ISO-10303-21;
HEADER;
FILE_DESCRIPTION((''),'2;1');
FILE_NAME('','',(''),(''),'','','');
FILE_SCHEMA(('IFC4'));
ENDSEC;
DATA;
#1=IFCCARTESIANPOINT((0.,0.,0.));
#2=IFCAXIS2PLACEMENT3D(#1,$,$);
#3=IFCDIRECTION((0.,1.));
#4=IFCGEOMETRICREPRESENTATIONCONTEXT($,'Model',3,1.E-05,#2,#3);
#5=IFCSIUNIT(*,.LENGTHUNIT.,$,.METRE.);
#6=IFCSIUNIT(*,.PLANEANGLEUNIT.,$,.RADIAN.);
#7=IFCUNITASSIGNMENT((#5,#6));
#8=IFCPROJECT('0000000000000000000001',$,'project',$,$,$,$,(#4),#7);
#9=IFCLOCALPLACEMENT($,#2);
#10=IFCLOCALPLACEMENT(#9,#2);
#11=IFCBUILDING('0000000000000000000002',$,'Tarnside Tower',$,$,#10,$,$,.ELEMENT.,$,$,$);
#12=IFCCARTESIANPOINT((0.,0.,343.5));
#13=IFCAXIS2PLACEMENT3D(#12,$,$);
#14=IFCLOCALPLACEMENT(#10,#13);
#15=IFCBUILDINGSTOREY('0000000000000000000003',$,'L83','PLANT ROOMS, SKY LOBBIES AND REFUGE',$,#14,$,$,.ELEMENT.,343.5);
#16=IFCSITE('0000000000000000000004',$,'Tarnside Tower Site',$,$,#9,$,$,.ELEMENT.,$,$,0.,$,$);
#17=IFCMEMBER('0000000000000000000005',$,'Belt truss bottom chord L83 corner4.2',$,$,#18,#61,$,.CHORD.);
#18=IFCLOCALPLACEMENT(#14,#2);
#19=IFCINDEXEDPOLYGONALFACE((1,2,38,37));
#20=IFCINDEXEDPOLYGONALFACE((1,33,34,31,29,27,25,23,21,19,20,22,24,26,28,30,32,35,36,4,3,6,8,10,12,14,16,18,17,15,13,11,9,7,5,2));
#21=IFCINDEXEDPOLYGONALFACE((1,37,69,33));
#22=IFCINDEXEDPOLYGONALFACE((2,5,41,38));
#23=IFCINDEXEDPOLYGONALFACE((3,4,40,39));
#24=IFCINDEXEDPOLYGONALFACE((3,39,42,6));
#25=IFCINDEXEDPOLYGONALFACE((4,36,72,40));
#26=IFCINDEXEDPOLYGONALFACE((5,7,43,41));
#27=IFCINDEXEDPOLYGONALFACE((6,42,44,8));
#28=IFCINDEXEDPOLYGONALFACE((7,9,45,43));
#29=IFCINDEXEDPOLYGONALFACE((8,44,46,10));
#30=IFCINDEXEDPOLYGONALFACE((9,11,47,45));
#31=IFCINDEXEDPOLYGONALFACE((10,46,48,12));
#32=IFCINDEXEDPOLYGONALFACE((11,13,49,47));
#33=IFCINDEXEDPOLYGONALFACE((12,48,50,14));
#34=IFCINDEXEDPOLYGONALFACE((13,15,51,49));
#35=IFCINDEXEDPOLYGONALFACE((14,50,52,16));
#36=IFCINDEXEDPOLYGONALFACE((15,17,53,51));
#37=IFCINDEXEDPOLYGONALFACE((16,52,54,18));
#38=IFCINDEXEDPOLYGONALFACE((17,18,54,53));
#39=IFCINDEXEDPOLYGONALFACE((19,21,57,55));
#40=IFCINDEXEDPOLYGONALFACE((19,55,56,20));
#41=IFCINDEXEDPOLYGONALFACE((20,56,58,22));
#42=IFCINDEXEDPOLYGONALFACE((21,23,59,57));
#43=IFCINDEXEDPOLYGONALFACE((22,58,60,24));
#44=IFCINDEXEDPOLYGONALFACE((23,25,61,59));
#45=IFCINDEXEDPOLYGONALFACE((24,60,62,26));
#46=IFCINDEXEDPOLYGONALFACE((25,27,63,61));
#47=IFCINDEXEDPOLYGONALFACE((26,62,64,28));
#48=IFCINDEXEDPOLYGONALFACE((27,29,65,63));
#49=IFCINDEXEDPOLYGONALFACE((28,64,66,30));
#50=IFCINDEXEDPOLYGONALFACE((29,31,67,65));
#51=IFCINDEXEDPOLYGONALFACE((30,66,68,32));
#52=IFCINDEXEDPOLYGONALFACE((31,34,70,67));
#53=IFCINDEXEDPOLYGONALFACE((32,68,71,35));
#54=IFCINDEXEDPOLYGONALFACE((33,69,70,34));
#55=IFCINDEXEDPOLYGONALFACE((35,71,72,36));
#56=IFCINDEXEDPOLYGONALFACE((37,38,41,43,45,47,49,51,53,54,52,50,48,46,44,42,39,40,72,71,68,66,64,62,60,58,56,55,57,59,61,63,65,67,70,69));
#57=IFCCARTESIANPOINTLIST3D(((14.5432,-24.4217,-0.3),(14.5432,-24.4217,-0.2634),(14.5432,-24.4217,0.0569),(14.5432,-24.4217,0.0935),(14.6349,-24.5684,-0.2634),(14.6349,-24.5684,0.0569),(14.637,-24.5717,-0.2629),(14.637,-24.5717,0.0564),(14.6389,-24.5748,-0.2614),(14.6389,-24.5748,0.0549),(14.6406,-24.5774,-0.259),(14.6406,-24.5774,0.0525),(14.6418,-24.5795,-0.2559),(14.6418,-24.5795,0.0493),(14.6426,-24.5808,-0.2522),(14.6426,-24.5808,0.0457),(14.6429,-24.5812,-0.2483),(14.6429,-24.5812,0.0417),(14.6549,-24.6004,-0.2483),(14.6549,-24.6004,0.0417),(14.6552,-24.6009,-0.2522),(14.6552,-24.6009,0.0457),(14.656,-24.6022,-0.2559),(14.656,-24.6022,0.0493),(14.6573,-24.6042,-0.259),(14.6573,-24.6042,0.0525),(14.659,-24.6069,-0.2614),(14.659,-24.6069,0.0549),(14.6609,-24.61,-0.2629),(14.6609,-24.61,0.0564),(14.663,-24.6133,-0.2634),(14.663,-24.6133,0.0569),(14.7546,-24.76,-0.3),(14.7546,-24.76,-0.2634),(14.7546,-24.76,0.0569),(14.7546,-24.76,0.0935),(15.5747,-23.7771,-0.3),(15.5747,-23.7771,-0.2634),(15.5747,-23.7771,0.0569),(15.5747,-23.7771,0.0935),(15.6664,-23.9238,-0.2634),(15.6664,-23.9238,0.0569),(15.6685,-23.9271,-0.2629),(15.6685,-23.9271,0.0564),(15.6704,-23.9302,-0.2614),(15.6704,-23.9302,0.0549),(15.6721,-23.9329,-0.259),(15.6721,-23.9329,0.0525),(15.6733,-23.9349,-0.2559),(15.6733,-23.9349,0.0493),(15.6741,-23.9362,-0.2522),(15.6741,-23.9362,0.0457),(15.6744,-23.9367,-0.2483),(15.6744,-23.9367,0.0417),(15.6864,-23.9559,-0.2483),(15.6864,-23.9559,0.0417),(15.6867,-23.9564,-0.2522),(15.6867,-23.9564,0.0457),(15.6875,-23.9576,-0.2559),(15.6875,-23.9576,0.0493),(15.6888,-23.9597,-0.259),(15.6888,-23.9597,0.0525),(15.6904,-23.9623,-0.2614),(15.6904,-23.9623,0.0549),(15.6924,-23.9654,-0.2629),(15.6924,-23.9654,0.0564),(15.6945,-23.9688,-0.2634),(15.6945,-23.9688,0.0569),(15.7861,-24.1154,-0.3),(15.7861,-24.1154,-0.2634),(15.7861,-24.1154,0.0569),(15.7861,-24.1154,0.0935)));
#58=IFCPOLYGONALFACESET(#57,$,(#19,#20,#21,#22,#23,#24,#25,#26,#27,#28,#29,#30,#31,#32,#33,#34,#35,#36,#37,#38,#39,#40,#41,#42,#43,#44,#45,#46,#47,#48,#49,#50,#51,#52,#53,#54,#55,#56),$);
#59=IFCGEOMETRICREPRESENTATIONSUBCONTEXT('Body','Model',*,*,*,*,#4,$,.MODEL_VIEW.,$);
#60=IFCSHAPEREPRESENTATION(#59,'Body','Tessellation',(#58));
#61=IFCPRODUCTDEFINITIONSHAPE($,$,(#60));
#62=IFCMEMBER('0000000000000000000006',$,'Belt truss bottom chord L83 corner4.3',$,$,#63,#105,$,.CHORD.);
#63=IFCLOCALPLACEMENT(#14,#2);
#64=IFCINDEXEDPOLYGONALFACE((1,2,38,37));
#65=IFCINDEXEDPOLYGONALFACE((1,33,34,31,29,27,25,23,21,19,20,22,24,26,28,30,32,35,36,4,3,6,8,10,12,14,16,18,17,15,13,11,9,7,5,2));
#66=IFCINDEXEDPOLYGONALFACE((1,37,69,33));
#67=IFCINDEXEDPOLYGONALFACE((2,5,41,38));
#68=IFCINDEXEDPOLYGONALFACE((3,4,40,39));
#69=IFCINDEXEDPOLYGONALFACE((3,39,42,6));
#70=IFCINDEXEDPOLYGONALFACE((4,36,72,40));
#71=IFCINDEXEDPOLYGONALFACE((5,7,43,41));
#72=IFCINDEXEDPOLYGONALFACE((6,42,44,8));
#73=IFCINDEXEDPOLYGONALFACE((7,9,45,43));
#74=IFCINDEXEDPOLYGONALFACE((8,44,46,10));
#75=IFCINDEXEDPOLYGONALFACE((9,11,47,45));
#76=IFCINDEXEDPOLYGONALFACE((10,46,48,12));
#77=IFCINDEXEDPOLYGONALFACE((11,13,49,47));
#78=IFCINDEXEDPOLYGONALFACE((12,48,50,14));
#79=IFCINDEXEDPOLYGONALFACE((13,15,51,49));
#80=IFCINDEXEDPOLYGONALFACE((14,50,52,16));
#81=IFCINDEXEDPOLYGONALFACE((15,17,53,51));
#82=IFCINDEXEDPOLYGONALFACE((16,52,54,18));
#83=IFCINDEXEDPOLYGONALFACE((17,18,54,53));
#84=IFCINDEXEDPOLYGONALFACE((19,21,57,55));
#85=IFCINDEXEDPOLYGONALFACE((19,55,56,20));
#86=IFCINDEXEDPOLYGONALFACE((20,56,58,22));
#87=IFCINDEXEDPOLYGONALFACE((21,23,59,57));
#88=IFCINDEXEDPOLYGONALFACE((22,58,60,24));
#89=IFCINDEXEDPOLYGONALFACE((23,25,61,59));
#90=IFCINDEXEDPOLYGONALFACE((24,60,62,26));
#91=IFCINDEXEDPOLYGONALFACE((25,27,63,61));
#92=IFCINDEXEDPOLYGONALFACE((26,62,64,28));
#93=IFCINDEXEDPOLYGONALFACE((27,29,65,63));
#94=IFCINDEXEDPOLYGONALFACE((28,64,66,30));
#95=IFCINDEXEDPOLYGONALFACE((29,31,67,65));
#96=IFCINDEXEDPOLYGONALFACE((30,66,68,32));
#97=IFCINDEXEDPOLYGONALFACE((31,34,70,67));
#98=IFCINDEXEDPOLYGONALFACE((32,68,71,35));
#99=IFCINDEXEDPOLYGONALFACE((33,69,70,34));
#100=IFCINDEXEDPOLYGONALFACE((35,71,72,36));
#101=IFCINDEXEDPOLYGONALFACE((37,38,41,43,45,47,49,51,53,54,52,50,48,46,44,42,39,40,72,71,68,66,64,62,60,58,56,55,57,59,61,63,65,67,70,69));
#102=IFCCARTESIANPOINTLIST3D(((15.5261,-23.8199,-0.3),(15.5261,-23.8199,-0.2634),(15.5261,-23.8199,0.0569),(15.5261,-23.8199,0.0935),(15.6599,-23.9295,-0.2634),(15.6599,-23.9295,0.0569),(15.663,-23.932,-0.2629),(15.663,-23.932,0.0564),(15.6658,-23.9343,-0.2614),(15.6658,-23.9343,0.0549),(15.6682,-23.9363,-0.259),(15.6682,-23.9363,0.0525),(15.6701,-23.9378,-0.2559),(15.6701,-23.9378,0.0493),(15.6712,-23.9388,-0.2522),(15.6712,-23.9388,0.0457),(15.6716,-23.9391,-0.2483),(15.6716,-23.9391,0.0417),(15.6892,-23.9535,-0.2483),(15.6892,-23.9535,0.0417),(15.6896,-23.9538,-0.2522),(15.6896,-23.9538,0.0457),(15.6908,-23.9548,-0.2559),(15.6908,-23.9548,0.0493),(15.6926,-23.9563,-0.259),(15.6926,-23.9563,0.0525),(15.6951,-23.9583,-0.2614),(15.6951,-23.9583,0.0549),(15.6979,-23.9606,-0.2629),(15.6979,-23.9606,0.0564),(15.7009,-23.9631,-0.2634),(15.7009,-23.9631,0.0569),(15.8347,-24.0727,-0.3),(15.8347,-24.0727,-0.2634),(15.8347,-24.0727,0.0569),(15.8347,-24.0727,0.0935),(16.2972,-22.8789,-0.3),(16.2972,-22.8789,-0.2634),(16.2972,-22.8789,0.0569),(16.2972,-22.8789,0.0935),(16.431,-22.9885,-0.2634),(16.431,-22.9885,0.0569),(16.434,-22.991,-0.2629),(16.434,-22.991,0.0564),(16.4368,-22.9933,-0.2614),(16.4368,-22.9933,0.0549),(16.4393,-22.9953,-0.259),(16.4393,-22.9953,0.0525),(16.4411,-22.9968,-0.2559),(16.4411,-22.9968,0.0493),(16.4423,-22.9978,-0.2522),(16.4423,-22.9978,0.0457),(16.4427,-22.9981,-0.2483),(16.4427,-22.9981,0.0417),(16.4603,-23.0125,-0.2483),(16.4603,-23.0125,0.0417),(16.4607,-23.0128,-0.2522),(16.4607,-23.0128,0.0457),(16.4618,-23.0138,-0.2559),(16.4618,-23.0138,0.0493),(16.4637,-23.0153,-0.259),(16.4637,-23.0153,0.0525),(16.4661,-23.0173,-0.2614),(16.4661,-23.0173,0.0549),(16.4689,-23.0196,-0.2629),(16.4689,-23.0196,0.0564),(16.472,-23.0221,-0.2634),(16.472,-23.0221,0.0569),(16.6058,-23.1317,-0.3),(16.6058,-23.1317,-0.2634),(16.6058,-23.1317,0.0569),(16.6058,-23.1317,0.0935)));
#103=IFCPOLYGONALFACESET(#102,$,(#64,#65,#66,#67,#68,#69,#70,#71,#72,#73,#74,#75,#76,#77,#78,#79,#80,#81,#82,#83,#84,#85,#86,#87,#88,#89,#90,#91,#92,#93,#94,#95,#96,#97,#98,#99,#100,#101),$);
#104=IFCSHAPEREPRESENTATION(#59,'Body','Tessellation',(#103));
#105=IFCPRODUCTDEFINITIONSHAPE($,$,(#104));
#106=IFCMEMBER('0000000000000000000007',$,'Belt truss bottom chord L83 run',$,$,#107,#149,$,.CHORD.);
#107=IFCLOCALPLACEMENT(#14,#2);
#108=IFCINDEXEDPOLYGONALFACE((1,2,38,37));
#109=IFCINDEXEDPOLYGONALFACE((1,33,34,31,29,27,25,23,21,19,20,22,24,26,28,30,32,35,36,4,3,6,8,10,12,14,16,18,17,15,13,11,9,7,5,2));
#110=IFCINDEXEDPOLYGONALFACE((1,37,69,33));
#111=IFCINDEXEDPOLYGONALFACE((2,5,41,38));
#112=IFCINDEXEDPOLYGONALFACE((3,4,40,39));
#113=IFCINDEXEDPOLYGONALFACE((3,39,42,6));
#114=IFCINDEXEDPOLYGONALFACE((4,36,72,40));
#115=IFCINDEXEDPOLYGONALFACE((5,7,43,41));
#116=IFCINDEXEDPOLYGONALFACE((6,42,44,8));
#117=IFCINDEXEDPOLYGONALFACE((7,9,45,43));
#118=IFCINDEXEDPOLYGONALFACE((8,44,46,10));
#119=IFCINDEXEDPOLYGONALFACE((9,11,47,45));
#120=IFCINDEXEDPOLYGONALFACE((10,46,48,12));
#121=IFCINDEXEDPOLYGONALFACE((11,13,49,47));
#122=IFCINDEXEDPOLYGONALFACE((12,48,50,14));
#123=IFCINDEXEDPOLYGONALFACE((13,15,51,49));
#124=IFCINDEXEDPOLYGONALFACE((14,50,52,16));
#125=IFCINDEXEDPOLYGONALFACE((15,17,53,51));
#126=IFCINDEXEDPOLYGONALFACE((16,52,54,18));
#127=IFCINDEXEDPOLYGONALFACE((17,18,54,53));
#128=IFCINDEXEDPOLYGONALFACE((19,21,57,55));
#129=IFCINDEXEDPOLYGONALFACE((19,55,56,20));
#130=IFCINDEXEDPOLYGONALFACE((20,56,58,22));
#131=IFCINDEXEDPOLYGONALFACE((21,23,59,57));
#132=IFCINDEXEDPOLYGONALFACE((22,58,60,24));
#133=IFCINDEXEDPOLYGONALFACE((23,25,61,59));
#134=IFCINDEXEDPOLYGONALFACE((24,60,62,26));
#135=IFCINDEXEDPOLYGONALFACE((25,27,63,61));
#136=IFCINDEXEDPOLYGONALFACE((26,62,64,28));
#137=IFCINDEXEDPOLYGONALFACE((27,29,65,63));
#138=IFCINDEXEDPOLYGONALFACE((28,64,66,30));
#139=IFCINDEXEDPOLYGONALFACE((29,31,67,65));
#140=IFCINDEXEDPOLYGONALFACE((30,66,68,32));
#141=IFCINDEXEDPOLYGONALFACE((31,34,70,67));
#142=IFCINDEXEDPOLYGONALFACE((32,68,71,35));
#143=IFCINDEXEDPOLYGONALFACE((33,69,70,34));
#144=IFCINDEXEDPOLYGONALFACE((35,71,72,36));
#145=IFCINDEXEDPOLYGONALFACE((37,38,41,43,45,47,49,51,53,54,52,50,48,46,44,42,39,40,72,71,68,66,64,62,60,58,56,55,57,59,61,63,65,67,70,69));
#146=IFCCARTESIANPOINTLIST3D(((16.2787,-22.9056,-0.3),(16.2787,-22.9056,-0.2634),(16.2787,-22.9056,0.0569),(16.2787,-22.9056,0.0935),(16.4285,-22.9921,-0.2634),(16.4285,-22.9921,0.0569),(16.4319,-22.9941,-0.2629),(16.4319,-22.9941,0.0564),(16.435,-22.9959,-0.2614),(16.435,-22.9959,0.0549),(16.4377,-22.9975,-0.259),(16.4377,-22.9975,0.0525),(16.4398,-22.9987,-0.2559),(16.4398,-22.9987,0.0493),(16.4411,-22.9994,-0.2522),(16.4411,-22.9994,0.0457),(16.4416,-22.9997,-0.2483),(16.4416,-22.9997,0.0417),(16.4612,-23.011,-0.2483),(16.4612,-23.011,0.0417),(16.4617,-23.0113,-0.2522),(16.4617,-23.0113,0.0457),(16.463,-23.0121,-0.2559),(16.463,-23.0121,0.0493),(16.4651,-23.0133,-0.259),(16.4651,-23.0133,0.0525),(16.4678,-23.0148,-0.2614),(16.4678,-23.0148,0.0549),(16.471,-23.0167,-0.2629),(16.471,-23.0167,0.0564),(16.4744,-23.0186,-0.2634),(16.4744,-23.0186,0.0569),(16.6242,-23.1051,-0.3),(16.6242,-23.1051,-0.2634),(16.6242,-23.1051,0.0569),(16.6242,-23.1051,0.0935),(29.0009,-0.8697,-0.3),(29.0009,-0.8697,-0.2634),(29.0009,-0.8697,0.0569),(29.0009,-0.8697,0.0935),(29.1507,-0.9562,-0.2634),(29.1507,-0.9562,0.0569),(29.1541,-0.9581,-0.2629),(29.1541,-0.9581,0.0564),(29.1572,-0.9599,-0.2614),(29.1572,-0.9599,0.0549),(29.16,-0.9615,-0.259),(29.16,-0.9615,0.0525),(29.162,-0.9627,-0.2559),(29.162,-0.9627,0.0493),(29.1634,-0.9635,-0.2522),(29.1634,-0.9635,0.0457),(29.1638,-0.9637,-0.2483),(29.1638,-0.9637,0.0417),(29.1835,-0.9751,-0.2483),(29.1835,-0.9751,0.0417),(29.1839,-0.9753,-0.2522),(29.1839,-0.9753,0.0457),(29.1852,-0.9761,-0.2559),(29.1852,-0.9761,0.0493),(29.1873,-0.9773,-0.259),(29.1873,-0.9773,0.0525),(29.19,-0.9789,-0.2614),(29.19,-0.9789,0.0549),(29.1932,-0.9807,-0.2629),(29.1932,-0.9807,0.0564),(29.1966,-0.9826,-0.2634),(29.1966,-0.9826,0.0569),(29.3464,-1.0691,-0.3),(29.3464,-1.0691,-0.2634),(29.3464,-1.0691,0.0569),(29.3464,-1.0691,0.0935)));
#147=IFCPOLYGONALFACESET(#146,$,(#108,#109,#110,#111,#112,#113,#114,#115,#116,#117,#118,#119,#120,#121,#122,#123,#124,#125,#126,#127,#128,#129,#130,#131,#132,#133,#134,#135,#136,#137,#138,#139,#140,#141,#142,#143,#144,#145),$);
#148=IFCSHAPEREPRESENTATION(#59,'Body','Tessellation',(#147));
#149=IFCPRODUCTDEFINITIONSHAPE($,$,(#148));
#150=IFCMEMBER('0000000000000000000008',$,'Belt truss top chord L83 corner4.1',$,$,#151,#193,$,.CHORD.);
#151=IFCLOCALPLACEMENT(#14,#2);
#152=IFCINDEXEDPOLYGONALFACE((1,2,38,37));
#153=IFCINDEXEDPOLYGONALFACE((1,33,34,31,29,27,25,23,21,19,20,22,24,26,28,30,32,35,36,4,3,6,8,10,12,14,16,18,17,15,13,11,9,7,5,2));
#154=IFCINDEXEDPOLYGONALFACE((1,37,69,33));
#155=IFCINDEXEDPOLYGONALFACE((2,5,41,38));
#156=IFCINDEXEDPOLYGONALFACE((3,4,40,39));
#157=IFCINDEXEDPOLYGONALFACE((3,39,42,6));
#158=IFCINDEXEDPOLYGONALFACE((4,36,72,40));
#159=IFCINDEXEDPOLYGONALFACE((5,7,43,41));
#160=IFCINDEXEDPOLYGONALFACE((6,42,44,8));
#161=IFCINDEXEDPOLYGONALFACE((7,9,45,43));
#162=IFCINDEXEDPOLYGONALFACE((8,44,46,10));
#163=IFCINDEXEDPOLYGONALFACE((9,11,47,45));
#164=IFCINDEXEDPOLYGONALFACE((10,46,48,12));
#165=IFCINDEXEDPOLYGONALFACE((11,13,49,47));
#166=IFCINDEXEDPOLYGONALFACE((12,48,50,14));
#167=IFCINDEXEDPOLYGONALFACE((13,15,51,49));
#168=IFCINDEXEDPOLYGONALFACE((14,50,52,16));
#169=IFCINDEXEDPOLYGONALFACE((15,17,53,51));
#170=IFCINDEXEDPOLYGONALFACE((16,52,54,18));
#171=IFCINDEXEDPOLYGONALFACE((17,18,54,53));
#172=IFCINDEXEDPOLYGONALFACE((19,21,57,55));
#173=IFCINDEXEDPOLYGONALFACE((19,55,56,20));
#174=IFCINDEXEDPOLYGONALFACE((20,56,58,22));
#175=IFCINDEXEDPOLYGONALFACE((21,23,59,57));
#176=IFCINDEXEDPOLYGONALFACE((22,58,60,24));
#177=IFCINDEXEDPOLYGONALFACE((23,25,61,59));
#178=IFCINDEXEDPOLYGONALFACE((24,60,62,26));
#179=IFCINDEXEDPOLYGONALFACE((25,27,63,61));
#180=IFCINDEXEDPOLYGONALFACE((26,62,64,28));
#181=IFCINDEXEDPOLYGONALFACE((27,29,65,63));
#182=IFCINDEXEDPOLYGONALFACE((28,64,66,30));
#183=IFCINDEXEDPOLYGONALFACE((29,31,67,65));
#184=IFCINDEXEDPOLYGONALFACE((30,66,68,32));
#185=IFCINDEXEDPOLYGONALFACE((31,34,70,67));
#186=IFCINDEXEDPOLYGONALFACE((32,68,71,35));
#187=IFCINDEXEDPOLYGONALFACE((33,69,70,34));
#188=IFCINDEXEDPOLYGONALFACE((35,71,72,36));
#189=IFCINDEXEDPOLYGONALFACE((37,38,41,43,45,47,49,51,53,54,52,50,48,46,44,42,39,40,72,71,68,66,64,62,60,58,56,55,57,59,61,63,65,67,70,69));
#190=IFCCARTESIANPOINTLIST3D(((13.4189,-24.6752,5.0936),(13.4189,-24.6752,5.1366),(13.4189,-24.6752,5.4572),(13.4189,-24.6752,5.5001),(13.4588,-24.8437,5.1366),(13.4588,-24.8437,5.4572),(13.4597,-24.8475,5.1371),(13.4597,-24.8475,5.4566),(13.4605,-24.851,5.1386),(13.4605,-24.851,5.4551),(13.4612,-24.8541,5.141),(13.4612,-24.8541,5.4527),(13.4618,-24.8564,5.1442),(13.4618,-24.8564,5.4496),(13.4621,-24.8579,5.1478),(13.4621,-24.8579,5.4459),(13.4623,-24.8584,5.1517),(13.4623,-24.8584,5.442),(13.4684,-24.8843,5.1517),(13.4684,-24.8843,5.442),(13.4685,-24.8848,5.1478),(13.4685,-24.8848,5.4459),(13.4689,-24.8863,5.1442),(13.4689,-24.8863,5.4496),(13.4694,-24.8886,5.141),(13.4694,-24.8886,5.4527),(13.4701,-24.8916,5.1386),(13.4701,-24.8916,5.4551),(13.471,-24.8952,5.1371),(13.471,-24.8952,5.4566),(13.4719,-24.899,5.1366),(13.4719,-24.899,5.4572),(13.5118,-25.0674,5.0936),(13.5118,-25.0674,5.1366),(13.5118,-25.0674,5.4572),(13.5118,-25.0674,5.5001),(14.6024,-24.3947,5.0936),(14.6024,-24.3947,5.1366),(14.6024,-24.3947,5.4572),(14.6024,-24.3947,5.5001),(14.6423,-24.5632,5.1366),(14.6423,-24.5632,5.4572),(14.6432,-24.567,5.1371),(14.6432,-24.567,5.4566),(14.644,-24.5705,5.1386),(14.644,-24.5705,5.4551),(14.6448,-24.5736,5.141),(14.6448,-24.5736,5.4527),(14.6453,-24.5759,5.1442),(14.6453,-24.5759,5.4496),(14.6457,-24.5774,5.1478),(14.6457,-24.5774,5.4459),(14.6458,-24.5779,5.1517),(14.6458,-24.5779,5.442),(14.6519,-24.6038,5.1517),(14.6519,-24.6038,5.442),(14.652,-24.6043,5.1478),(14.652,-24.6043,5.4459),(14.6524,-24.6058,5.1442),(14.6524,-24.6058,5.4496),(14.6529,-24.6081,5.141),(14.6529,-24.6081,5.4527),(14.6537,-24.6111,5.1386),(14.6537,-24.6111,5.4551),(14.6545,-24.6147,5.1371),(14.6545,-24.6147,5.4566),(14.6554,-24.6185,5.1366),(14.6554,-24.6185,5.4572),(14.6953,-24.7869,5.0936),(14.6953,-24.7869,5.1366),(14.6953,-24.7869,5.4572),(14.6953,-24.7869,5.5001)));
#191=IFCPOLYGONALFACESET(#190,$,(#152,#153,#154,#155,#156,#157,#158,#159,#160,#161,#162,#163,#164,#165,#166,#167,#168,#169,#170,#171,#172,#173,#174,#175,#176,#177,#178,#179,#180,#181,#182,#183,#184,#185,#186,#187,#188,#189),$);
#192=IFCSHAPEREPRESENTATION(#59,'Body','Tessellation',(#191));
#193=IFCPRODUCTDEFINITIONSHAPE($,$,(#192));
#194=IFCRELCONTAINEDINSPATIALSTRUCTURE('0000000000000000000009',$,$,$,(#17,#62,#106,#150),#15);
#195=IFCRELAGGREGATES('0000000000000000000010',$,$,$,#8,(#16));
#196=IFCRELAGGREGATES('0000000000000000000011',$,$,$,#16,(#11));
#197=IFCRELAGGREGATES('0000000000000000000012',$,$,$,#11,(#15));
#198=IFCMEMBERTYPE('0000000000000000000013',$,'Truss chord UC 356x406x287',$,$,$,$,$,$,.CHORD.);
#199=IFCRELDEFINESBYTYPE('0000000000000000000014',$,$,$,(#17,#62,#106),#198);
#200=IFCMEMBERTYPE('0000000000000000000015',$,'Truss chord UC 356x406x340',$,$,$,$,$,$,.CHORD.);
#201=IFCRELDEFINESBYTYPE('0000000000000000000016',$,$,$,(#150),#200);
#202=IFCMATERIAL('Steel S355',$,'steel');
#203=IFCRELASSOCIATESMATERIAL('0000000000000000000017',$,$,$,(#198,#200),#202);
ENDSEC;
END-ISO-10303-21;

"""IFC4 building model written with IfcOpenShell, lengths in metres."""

from ifc_helpers import new_model, si_unit, direction, frame, origin, origin_2d, place, context, subcontext, project, spatial, i_section, extrude, material, material_profile, profile_set, type_object, element, save


model = new_model("IFC4")

# Units and contexts
model_context = context("Model", 3, precision=1e-05, world=origin(), true_north=direction((0.0, 1.0)))
body_context = subcontext(model_context, "Body", "Model", "MODEL_VIEW")
ifc_project = project(units=[si_unit("LENGTHUNIT", "METRE"), si_unit("PLANEANGLEUNIT", "RADIAN")], contexts=[model_context])

# Site, building, storey
site_placement = place(None, origin())
site = spatial("IfcSite", under=ifc_project, at=site_placement, Name="Tarnside Tower Site", CompositionType="ELEMENT", RefElevation=0.0)
building_placement = place(site_placement, origin())
building = spatial("IfcBuilding", under=site, at=building_placement, Name="Tarnside Tower", CompositionType="ELEMENT")
storey_placement = place(building_placement, frame((0.0, 0.0, 343.5)))
storey = spatial("IfcBuildingStorey", under=building, at=storey_placement, Name="L83", Description="PLANT ROOMS, SKY LOBBIES AND REFUGE", CompositionType="ELEMENT", Elevation=343.5)

# Shared definitions
ifc_material_1 = material(Name="Steel S355", Category="steel")

# Members
ifc_material_profile_1 = material_profile(ifc_material_1, i_section(OverallWidth=0.3989, OverallDepth=0.3936, WebThickness=0.0227, FlangeThickness=0.0366, FilletRadius=0.0151, at=origin_2d()), Name="UC 356x406x287")
ifc_profile_set_1 = profile_set([ifc_material_profile_1], Name="Steel S355")
member_type_1 = type_object("IfcMemberType", Name="Truss chord UC 356x406x287", PredefinedType="CHORD", material=ifc_profile_set_1)
for number, where, z_axis, x_axis, name in (
    (1, (14.6489, -24.5908, -0.1033), (0.848055, 0.529909, 0.0), (-0.529909, 0.848055, 0.0), "Belt truss bottom chord L83 corner4.2"),
):
    element("IfcMember", number, at=place(storey_placement, frame(where, z_axis=z_axis, x_axis=x_axis)), inside=storey, type_object=member_type_1, Name=name, PredefinedType="CHORD", context=body_context, shape_type="SweptSolid", body=[
        extrude(i_section(OverallWidth=0.3989, OverallDepth=0.3936, WebThickness=0.0227, FlangeThickness=0.0366, FilletRadius=0.0151, at=origin_2d()), origin(), (0.0, 0.0, 1.0), 1.2163),
    ])
member_1_placement = place(storey_placement, frame((15.6804, -23.9463, -0.1033), z_axis=(0.633806, 0.773492, 0.0), x_axis=(-0.773492, 0.633806, 0.0)))
element("IfcMember", 2, at=member_1_placement, inside=storey, type_object=member_type_1, Name="Belt truss bottom chord L83 corner4.3", PredefinedType="CHORD", context=body_context, shape_type="SweptSolid", body=[
    extrude(i_section(OverallWidth=0.3989, OverallDepth=0.3936, WebThickness=0.0227, FlangeThickness=0.0366, FilletRadius=0.0151, at=origin_2d()), origin(), (0.0, 0.0, 1.0), 1.2166),
])
member_2_placement = place(storey_placement, frame((16.4514, -23.0054, -0.1033), z_axis=(0.499992, 0.86603, 0.0), x_axis=(-0.86603, 0.499992, 0.0)))
element("IfcMember", 3, at=member_2_placement, inside=storey, type_object=member_type_1, Name="Belt truss bottom chord L83 run", PredefinedType="CHORD", context=body_context, shape_type="SweptSolid", body=[
    extrude(i_section(OverallWidth=0.3989, OverallDepth=0.3936, WebThickness=0.0227, FlangeThickness=0.0366, FilletRadius=0.0151, at=origin_2d()), origin(), (0.0, 0.0, 1.0), 25.4448),
])
ifc_material_profile_2 = material_profile(ifc_material_1, i_section(OverallWidth=0.4031, OverallDepth=0.4065, WebThickness=0.0266, FlangeThickness=0.043, FilletRadius=0.0151, at=origin_2d()), Name="UC 356x406x340")
ifc_profile_set_2 = profile_set([ifc_material_profile_2], Name="Steel S355")
member_type_2 = type_object("IfcMemberType", Name="Truss chord UC 356x406x340", PredefinedType="CHORD", material=ifc_profile_set_2)
for number, where, z_axis, x_axis, name in (
    (4, (13.4653, -24.8713, 5.2969), (0.973045, 0.230616, 0.0), (-0.230616, 0.973045, 0.0), "Belt truss top chord L83 corner4.1"),
):
    element("IfcMember", number, at=place(storey_placement, frame(where, z_axis=z_axis, x_axis=x_axis)), inside=storey, type_object=member_type_2, Name=name, PredefinedType="CHORD", context=body_context, shape_type="SweptSolid", body=[
        extrude(i_section(OverallWidth=0.4031, OverallDepth=0.4065, WebThickness=0.0266, FlangeThickness=0.043, FilletRadius=0.0151, at=origin_2d()), origin(), (0.0, 0.0, 1.0), 1.2163),
    ])

save(model, "model.ifc")
